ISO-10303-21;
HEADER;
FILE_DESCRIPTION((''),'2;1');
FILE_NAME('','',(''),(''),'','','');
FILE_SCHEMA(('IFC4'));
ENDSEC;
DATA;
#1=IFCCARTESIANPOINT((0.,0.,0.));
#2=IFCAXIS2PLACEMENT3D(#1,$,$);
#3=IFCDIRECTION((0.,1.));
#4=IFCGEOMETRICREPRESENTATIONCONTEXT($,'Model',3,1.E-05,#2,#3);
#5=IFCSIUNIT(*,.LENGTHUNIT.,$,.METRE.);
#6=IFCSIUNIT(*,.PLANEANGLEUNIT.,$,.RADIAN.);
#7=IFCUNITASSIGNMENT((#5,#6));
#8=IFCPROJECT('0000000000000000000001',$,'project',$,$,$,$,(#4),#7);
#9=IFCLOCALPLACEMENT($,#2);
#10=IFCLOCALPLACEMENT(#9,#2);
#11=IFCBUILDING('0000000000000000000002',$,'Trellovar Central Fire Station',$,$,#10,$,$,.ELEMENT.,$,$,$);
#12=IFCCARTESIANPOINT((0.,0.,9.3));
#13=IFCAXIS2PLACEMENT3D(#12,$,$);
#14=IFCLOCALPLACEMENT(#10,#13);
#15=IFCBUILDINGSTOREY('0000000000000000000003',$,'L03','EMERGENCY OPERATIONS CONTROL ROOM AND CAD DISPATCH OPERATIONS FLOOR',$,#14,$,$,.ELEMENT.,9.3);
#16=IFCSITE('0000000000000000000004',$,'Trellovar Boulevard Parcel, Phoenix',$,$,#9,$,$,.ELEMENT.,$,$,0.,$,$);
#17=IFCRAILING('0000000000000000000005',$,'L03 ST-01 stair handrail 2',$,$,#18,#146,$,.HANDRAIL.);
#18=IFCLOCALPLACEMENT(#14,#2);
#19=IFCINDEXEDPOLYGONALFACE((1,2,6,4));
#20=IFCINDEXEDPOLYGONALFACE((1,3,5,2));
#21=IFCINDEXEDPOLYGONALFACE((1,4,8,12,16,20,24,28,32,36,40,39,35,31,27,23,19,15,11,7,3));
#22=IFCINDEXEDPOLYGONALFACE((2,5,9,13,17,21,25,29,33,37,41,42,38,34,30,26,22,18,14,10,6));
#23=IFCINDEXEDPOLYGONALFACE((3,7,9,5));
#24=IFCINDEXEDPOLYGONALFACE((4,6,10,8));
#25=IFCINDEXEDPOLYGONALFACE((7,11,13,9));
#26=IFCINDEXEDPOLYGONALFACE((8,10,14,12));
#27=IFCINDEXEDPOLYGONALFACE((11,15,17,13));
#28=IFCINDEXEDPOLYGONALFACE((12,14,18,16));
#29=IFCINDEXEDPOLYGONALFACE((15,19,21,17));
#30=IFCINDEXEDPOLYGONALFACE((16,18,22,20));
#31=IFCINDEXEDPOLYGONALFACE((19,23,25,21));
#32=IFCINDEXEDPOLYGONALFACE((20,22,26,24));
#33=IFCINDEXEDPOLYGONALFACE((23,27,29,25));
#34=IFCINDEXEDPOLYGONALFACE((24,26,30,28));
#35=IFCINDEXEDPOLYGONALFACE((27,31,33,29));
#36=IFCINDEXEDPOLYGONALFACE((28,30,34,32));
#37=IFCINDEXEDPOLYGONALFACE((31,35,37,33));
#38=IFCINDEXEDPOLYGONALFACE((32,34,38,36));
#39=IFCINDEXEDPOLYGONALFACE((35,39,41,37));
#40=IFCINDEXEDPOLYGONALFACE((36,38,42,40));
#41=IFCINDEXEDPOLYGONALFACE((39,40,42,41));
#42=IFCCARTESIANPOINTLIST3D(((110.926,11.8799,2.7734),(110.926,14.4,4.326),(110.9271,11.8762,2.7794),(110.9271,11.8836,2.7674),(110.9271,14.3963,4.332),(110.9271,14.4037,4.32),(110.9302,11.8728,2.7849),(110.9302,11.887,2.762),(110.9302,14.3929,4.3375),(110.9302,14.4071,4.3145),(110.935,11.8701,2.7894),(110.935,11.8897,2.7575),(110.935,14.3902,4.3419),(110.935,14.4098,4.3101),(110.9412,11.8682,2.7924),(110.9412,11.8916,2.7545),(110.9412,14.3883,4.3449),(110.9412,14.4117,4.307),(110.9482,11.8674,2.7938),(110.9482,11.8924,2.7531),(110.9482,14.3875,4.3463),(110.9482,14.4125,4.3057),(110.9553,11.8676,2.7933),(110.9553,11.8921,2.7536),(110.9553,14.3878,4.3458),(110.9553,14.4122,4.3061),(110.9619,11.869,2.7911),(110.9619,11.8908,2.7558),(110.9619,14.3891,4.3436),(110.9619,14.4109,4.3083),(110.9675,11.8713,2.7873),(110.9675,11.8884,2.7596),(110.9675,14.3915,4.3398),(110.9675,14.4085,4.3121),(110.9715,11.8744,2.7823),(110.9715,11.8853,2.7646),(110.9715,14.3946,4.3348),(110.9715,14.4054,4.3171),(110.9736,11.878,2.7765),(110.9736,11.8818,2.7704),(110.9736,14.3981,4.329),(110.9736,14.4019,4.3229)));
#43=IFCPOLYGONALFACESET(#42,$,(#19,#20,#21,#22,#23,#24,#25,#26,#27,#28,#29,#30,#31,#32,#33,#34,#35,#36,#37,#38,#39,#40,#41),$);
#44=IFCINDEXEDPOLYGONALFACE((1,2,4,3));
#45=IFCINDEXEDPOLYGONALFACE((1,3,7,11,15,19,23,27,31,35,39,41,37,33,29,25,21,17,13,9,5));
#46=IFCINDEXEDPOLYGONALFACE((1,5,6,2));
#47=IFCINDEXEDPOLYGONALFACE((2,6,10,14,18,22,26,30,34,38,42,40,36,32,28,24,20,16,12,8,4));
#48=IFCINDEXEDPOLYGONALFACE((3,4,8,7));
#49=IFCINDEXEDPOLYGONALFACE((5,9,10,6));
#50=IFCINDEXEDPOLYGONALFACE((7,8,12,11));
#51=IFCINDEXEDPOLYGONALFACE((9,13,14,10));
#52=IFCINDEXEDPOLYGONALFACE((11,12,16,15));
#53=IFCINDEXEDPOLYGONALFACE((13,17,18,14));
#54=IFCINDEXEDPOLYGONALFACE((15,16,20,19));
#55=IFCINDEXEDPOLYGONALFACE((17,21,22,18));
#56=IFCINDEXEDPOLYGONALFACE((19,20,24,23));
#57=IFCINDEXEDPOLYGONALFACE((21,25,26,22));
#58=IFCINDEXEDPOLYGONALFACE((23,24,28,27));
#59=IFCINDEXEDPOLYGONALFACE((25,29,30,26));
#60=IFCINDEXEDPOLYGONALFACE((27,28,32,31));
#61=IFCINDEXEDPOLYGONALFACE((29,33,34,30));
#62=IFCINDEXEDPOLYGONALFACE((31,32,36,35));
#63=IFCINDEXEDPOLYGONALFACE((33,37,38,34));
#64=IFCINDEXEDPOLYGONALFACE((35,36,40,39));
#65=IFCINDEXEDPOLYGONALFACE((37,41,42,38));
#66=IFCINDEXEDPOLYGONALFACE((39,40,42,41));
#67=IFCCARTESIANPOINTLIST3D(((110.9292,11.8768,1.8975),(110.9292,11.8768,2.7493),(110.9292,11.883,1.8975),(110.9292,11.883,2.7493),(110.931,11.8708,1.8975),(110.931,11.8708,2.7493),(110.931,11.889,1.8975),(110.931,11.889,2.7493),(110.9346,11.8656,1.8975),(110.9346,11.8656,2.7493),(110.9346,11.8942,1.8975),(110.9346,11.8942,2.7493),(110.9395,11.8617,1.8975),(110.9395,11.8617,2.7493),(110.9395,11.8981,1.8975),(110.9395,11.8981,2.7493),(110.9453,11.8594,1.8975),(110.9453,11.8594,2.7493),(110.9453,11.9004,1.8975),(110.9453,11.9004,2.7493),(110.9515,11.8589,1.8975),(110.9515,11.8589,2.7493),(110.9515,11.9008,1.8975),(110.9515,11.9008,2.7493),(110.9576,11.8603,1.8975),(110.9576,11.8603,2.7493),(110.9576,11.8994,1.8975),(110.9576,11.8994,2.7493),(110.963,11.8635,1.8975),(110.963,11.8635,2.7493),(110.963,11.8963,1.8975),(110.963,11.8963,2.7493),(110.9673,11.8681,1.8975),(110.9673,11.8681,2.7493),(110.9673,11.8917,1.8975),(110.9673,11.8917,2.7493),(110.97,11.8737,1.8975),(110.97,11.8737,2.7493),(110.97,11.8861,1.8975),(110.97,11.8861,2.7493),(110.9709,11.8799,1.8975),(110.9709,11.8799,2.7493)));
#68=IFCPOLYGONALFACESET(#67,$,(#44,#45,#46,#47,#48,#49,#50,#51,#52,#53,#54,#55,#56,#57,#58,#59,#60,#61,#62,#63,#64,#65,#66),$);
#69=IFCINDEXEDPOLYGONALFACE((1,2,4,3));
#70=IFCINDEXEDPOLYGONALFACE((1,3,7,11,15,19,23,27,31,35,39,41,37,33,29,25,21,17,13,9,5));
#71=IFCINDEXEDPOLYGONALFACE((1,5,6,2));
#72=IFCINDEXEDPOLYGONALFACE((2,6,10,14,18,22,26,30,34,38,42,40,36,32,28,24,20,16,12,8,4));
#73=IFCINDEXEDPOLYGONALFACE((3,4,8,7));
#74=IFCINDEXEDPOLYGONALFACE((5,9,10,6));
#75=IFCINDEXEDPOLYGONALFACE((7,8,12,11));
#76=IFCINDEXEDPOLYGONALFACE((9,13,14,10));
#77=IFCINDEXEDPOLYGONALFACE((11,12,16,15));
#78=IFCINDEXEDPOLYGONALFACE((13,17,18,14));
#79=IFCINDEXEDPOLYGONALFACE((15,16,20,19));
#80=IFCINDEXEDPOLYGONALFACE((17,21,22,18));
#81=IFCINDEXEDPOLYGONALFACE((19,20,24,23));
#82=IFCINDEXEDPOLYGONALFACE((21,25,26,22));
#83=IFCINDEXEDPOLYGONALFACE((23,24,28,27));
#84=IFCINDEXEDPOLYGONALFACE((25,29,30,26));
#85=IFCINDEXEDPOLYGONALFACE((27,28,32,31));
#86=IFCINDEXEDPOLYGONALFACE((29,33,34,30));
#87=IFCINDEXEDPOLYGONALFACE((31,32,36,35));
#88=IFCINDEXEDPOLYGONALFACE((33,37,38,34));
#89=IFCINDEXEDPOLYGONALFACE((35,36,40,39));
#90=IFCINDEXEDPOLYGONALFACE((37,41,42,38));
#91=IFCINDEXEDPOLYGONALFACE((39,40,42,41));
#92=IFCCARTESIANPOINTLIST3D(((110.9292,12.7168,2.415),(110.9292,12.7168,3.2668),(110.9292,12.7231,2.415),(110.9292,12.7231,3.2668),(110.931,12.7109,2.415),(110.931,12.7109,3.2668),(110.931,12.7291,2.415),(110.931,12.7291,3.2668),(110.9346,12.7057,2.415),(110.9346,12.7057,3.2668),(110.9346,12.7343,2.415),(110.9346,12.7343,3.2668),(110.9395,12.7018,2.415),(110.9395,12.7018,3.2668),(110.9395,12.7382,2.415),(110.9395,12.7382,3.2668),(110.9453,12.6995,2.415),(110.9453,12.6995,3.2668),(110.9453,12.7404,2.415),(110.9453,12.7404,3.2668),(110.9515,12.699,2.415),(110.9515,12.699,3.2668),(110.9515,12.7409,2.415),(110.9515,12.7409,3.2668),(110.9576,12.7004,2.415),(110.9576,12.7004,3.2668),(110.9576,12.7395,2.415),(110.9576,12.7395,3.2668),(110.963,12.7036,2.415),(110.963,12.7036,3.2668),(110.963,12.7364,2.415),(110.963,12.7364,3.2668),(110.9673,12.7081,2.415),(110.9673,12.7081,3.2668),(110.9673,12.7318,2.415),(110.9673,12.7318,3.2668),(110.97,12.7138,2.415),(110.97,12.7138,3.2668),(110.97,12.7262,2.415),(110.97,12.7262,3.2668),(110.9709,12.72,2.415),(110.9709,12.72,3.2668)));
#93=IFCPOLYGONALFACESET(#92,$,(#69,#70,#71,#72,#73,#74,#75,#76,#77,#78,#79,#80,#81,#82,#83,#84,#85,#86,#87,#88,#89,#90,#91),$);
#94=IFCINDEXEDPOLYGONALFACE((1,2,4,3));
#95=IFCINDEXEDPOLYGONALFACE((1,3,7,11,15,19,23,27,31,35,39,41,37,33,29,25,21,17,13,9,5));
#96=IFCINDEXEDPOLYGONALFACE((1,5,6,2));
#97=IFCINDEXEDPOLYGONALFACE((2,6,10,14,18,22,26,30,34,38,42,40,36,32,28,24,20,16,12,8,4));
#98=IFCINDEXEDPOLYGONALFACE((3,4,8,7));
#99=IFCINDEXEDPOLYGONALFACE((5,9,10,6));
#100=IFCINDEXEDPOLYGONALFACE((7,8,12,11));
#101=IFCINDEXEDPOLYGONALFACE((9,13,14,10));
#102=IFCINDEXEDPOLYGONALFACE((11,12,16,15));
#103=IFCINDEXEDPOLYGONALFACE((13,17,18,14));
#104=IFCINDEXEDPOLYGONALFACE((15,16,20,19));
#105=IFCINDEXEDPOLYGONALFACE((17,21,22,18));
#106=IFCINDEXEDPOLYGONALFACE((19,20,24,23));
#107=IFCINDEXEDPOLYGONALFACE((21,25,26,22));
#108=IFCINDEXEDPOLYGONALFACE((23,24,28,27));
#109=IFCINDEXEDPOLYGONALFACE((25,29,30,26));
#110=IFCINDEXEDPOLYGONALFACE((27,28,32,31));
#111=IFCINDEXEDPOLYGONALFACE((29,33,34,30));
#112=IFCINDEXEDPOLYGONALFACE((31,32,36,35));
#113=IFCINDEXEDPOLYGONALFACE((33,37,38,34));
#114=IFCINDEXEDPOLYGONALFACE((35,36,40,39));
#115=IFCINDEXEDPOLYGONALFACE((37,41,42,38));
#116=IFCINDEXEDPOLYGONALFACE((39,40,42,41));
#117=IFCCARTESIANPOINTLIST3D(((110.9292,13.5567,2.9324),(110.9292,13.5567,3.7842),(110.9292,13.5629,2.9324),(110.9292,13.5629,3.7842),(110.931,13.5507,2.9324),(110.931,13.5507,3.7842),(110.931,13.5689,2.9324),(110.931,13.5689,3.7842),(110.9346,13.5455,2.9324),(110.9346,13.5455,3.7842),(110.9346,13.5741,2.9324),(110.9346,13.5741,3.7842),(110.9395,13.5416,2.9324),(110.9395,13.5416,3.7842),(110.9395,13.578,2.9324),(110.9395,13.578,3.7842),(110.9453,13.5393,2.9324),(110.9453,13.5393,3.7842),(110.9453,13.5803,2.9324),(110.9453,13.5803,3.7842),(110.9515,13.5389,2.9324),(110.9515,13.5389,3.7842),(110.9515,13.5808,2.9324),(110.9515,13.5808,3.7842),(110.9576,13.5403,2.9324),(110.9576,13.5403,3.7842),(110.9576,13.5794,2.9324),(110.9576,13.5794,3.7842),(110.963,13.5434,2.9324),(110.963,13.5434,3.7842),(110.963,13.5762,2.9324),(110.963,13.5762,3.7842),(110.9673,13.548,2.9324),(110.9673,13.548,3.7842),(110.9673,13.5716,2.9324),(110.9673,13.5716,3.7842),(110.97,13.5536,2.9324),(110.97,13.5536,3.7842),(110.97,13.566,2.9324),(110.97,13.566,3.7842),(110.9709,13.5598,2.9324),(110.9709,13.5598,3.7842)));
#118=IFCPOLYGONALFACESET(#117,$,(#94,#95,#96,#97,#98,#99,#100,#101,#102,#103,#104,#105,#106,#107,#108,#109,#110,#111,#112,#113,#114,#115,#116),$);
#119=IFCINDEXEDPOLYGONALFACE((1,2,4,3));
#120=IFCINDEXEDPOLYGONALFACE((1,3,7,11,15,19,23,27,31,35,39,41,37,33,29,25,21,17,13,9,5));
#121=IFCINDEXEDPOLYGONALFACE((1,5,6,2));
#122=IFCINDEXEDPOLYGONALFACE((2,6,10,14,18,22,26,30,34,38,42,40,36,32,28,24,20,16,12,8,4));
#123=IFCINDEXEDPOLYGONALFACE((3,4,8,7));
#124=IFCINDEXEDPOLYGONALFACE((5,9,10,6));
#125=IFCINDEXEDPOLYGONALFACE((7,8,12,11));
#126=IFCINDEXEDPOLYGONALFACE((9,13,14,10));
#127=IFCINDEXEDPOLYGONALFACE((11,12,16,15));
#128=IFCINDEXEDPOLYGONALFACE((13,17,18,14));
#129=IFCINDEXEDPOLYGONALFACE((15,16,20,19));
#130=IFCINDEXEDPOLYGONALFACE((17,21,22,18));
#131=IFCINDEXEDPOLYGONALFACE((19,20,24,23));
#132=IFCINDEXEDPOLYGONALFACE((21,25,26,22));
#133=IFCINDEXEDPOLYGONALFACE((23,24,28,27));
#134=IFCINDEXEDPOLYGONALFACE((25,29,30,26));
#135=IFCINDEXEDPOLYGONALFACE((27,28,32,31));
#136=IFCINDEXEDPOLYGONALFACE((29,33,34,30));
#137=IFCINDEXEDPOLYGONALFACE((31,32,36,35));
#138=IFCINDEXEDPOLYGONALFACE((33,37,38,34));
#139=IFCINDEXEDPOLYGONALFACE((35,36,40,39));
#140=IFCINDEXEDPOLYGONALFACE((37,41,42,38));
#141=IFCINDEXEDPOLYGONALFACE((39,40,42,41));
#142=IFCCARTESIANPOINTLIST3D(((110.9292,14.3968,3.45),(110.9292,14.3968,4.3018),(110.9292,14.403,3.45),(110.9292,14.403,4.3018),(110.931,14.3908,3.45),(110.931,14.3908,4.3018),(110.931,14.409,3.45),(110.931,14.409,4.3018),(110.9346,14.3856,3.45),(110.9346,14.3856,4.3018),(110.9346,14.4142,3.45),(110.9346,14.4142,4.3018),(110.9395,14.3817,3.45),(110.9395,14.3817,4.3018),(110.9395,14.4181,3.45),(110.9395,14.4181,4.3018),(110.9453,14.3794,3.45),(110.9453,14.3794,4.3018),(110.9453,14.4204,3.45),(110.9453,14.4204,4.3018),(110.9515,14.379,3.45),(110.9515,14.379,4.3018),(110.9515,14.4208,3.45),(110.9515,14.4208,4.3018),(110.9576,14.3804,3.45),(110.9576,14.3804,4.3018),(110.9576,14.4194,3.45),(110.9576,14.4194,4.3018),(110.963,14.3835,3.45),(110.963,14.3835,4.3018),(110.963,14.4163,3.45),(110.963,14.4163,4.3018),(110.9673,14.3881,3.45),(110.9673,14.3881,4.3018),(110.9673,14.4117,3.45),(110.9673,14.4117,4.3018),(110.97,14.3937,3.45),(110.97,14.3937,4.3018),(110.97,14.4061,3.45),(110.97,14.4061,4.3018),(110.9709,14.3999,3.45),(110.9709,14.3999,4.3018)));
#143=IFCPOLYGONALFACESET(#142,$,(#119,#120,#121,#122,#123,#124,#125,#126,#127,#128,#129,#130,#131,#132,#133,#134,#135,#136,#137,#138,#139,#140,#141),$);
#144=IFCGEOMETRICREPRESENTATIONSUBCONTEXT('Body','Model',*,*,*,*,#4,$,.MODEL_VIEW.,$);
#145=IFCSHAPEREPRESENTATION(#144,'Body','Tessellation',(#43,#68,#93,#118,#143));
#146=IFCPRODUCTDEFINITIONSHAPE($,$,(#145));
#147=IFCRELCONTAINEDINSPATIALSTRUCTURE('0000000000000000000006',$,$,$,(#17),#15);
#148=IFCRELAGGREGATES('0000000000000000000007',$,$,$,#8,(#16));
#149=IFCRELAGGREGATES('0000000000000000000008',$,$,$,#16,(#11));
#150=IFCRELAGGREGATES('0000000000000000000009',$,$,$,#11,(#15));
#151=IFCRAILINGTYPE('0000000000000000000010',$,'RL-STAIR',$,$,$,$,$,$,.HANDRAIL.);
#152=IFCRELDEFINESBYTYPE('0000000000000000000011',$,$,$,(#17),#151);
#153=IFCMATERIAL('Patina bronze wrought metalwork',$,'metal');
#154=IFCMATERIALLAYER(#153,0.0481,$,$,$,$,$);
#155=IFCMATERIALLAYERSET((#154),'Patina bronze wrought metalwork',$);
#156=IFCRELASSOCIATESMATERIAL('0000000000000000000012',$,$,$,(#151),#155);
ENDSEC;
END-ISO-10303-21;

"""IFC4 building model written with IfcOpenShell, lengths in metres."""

from ifc_helpers import new_model, si_unit, direction, frame, origin, origin_2d, place, context, subcontext, project, spatial, circle, extrude, material, layer, layer_set, type_object, element, save


model = new_model("IFC4")

# Units and contexts
model_context = context("Model", 3, precision=1e-05, world=origin(), true_north=direction((0.0, 1.0)))
body_context = subcontext(model_context, "Body", "Model", "MODEL_VIEW")
ifc_project = project(units=[si_unit("LENGTHUNIT", "METRE"), si_unit("PLANEANGLEUNIT", "RADIAN")], contexts=[model_context])

# Site, building, storey
site_placement = place(None, origin())
site = spatial("IfcSite", under=ifc_project, at=site_placement, Name="Trellovar Boulevard Parcel, Phoenix", CompositionType="ELEMENT", RefElevation=0.0)
building_placement = place(site_placement, origin())
building = spatial("IfcBuilding", under=site, at=building_placement, Name="Trellovar Central Fire Station", CompositionType="ELEMENT")
storey_placement = place(building_placement, frame((0.0, 0.0, 9.3)))
storey = spatial("IfcBuildingStorey", under=building, at=storey_placement, Name="L03", Description="EMERGENCY OPERATIONS CONTROL ROOM AND CAD DISPATCH OPERATIONS FLOOR", CompositionType="ELEMENT", Elevation=9.3)

# Railing
ifc_material_1 = material(Name="Patina bronze wrought metalwork", Category="metal")
ifc_layer_1 = layer(ifc_material_1, 0.0481)
ifc_layer_set_1 = layer_set([ifc_layer_1], Name="Patina bronze wrought metalwork")
railing_type_1 = type_object("IfcRailingType", Name="RL-STAIR", PredefinedType="HANDRAIL", material=ifc_layer_set_1)
railing_1_placement = place(storey_placement, frame((110.95, 11.8799, 1.8975)))
element("IfcRailing", 1, at=railing_1_placement, inside=storey, type_object=railing_type_1, Name="L03 ST-01 stair handrail 2", PredefinedType="HANDRAIL", context=body_context, shape_type="SweptSolid", body=[
    extrude(circle(Radius=0.0239, at=origin_2d()), frame((0.0, 0.0, 0.876), z_axis=(0.0, 0.8514, 0.524516), x_axis=(-1.0, 0.0, 0.0)), (0.0, 0.0, 1.0), 2.96),
    extrude(circle(Radius=0.021, at=origin_2d()), origin(), (0.0, 0.0, 1.0), 0.8518),
    extrude(circle(Radius=0.021, at=origin_2d()), frame((0.0, 0.8401, 0.5176)), (0.0, 0.0, 1.0), 0.8518),
    extrude(circle(Radius=0.021, at=origin_2d()), frame((0.0, 1.6799, 1.0349)), (0.0, 0.0, 1.0), 0.8518),
    extrude(circle(Radius=0.021, at=origin_2d()), frame((0.0, 2.52, 1.5525)), (0.0, 0.0, 1.0), 0.8518),
])

save(model, "model.ifc")
